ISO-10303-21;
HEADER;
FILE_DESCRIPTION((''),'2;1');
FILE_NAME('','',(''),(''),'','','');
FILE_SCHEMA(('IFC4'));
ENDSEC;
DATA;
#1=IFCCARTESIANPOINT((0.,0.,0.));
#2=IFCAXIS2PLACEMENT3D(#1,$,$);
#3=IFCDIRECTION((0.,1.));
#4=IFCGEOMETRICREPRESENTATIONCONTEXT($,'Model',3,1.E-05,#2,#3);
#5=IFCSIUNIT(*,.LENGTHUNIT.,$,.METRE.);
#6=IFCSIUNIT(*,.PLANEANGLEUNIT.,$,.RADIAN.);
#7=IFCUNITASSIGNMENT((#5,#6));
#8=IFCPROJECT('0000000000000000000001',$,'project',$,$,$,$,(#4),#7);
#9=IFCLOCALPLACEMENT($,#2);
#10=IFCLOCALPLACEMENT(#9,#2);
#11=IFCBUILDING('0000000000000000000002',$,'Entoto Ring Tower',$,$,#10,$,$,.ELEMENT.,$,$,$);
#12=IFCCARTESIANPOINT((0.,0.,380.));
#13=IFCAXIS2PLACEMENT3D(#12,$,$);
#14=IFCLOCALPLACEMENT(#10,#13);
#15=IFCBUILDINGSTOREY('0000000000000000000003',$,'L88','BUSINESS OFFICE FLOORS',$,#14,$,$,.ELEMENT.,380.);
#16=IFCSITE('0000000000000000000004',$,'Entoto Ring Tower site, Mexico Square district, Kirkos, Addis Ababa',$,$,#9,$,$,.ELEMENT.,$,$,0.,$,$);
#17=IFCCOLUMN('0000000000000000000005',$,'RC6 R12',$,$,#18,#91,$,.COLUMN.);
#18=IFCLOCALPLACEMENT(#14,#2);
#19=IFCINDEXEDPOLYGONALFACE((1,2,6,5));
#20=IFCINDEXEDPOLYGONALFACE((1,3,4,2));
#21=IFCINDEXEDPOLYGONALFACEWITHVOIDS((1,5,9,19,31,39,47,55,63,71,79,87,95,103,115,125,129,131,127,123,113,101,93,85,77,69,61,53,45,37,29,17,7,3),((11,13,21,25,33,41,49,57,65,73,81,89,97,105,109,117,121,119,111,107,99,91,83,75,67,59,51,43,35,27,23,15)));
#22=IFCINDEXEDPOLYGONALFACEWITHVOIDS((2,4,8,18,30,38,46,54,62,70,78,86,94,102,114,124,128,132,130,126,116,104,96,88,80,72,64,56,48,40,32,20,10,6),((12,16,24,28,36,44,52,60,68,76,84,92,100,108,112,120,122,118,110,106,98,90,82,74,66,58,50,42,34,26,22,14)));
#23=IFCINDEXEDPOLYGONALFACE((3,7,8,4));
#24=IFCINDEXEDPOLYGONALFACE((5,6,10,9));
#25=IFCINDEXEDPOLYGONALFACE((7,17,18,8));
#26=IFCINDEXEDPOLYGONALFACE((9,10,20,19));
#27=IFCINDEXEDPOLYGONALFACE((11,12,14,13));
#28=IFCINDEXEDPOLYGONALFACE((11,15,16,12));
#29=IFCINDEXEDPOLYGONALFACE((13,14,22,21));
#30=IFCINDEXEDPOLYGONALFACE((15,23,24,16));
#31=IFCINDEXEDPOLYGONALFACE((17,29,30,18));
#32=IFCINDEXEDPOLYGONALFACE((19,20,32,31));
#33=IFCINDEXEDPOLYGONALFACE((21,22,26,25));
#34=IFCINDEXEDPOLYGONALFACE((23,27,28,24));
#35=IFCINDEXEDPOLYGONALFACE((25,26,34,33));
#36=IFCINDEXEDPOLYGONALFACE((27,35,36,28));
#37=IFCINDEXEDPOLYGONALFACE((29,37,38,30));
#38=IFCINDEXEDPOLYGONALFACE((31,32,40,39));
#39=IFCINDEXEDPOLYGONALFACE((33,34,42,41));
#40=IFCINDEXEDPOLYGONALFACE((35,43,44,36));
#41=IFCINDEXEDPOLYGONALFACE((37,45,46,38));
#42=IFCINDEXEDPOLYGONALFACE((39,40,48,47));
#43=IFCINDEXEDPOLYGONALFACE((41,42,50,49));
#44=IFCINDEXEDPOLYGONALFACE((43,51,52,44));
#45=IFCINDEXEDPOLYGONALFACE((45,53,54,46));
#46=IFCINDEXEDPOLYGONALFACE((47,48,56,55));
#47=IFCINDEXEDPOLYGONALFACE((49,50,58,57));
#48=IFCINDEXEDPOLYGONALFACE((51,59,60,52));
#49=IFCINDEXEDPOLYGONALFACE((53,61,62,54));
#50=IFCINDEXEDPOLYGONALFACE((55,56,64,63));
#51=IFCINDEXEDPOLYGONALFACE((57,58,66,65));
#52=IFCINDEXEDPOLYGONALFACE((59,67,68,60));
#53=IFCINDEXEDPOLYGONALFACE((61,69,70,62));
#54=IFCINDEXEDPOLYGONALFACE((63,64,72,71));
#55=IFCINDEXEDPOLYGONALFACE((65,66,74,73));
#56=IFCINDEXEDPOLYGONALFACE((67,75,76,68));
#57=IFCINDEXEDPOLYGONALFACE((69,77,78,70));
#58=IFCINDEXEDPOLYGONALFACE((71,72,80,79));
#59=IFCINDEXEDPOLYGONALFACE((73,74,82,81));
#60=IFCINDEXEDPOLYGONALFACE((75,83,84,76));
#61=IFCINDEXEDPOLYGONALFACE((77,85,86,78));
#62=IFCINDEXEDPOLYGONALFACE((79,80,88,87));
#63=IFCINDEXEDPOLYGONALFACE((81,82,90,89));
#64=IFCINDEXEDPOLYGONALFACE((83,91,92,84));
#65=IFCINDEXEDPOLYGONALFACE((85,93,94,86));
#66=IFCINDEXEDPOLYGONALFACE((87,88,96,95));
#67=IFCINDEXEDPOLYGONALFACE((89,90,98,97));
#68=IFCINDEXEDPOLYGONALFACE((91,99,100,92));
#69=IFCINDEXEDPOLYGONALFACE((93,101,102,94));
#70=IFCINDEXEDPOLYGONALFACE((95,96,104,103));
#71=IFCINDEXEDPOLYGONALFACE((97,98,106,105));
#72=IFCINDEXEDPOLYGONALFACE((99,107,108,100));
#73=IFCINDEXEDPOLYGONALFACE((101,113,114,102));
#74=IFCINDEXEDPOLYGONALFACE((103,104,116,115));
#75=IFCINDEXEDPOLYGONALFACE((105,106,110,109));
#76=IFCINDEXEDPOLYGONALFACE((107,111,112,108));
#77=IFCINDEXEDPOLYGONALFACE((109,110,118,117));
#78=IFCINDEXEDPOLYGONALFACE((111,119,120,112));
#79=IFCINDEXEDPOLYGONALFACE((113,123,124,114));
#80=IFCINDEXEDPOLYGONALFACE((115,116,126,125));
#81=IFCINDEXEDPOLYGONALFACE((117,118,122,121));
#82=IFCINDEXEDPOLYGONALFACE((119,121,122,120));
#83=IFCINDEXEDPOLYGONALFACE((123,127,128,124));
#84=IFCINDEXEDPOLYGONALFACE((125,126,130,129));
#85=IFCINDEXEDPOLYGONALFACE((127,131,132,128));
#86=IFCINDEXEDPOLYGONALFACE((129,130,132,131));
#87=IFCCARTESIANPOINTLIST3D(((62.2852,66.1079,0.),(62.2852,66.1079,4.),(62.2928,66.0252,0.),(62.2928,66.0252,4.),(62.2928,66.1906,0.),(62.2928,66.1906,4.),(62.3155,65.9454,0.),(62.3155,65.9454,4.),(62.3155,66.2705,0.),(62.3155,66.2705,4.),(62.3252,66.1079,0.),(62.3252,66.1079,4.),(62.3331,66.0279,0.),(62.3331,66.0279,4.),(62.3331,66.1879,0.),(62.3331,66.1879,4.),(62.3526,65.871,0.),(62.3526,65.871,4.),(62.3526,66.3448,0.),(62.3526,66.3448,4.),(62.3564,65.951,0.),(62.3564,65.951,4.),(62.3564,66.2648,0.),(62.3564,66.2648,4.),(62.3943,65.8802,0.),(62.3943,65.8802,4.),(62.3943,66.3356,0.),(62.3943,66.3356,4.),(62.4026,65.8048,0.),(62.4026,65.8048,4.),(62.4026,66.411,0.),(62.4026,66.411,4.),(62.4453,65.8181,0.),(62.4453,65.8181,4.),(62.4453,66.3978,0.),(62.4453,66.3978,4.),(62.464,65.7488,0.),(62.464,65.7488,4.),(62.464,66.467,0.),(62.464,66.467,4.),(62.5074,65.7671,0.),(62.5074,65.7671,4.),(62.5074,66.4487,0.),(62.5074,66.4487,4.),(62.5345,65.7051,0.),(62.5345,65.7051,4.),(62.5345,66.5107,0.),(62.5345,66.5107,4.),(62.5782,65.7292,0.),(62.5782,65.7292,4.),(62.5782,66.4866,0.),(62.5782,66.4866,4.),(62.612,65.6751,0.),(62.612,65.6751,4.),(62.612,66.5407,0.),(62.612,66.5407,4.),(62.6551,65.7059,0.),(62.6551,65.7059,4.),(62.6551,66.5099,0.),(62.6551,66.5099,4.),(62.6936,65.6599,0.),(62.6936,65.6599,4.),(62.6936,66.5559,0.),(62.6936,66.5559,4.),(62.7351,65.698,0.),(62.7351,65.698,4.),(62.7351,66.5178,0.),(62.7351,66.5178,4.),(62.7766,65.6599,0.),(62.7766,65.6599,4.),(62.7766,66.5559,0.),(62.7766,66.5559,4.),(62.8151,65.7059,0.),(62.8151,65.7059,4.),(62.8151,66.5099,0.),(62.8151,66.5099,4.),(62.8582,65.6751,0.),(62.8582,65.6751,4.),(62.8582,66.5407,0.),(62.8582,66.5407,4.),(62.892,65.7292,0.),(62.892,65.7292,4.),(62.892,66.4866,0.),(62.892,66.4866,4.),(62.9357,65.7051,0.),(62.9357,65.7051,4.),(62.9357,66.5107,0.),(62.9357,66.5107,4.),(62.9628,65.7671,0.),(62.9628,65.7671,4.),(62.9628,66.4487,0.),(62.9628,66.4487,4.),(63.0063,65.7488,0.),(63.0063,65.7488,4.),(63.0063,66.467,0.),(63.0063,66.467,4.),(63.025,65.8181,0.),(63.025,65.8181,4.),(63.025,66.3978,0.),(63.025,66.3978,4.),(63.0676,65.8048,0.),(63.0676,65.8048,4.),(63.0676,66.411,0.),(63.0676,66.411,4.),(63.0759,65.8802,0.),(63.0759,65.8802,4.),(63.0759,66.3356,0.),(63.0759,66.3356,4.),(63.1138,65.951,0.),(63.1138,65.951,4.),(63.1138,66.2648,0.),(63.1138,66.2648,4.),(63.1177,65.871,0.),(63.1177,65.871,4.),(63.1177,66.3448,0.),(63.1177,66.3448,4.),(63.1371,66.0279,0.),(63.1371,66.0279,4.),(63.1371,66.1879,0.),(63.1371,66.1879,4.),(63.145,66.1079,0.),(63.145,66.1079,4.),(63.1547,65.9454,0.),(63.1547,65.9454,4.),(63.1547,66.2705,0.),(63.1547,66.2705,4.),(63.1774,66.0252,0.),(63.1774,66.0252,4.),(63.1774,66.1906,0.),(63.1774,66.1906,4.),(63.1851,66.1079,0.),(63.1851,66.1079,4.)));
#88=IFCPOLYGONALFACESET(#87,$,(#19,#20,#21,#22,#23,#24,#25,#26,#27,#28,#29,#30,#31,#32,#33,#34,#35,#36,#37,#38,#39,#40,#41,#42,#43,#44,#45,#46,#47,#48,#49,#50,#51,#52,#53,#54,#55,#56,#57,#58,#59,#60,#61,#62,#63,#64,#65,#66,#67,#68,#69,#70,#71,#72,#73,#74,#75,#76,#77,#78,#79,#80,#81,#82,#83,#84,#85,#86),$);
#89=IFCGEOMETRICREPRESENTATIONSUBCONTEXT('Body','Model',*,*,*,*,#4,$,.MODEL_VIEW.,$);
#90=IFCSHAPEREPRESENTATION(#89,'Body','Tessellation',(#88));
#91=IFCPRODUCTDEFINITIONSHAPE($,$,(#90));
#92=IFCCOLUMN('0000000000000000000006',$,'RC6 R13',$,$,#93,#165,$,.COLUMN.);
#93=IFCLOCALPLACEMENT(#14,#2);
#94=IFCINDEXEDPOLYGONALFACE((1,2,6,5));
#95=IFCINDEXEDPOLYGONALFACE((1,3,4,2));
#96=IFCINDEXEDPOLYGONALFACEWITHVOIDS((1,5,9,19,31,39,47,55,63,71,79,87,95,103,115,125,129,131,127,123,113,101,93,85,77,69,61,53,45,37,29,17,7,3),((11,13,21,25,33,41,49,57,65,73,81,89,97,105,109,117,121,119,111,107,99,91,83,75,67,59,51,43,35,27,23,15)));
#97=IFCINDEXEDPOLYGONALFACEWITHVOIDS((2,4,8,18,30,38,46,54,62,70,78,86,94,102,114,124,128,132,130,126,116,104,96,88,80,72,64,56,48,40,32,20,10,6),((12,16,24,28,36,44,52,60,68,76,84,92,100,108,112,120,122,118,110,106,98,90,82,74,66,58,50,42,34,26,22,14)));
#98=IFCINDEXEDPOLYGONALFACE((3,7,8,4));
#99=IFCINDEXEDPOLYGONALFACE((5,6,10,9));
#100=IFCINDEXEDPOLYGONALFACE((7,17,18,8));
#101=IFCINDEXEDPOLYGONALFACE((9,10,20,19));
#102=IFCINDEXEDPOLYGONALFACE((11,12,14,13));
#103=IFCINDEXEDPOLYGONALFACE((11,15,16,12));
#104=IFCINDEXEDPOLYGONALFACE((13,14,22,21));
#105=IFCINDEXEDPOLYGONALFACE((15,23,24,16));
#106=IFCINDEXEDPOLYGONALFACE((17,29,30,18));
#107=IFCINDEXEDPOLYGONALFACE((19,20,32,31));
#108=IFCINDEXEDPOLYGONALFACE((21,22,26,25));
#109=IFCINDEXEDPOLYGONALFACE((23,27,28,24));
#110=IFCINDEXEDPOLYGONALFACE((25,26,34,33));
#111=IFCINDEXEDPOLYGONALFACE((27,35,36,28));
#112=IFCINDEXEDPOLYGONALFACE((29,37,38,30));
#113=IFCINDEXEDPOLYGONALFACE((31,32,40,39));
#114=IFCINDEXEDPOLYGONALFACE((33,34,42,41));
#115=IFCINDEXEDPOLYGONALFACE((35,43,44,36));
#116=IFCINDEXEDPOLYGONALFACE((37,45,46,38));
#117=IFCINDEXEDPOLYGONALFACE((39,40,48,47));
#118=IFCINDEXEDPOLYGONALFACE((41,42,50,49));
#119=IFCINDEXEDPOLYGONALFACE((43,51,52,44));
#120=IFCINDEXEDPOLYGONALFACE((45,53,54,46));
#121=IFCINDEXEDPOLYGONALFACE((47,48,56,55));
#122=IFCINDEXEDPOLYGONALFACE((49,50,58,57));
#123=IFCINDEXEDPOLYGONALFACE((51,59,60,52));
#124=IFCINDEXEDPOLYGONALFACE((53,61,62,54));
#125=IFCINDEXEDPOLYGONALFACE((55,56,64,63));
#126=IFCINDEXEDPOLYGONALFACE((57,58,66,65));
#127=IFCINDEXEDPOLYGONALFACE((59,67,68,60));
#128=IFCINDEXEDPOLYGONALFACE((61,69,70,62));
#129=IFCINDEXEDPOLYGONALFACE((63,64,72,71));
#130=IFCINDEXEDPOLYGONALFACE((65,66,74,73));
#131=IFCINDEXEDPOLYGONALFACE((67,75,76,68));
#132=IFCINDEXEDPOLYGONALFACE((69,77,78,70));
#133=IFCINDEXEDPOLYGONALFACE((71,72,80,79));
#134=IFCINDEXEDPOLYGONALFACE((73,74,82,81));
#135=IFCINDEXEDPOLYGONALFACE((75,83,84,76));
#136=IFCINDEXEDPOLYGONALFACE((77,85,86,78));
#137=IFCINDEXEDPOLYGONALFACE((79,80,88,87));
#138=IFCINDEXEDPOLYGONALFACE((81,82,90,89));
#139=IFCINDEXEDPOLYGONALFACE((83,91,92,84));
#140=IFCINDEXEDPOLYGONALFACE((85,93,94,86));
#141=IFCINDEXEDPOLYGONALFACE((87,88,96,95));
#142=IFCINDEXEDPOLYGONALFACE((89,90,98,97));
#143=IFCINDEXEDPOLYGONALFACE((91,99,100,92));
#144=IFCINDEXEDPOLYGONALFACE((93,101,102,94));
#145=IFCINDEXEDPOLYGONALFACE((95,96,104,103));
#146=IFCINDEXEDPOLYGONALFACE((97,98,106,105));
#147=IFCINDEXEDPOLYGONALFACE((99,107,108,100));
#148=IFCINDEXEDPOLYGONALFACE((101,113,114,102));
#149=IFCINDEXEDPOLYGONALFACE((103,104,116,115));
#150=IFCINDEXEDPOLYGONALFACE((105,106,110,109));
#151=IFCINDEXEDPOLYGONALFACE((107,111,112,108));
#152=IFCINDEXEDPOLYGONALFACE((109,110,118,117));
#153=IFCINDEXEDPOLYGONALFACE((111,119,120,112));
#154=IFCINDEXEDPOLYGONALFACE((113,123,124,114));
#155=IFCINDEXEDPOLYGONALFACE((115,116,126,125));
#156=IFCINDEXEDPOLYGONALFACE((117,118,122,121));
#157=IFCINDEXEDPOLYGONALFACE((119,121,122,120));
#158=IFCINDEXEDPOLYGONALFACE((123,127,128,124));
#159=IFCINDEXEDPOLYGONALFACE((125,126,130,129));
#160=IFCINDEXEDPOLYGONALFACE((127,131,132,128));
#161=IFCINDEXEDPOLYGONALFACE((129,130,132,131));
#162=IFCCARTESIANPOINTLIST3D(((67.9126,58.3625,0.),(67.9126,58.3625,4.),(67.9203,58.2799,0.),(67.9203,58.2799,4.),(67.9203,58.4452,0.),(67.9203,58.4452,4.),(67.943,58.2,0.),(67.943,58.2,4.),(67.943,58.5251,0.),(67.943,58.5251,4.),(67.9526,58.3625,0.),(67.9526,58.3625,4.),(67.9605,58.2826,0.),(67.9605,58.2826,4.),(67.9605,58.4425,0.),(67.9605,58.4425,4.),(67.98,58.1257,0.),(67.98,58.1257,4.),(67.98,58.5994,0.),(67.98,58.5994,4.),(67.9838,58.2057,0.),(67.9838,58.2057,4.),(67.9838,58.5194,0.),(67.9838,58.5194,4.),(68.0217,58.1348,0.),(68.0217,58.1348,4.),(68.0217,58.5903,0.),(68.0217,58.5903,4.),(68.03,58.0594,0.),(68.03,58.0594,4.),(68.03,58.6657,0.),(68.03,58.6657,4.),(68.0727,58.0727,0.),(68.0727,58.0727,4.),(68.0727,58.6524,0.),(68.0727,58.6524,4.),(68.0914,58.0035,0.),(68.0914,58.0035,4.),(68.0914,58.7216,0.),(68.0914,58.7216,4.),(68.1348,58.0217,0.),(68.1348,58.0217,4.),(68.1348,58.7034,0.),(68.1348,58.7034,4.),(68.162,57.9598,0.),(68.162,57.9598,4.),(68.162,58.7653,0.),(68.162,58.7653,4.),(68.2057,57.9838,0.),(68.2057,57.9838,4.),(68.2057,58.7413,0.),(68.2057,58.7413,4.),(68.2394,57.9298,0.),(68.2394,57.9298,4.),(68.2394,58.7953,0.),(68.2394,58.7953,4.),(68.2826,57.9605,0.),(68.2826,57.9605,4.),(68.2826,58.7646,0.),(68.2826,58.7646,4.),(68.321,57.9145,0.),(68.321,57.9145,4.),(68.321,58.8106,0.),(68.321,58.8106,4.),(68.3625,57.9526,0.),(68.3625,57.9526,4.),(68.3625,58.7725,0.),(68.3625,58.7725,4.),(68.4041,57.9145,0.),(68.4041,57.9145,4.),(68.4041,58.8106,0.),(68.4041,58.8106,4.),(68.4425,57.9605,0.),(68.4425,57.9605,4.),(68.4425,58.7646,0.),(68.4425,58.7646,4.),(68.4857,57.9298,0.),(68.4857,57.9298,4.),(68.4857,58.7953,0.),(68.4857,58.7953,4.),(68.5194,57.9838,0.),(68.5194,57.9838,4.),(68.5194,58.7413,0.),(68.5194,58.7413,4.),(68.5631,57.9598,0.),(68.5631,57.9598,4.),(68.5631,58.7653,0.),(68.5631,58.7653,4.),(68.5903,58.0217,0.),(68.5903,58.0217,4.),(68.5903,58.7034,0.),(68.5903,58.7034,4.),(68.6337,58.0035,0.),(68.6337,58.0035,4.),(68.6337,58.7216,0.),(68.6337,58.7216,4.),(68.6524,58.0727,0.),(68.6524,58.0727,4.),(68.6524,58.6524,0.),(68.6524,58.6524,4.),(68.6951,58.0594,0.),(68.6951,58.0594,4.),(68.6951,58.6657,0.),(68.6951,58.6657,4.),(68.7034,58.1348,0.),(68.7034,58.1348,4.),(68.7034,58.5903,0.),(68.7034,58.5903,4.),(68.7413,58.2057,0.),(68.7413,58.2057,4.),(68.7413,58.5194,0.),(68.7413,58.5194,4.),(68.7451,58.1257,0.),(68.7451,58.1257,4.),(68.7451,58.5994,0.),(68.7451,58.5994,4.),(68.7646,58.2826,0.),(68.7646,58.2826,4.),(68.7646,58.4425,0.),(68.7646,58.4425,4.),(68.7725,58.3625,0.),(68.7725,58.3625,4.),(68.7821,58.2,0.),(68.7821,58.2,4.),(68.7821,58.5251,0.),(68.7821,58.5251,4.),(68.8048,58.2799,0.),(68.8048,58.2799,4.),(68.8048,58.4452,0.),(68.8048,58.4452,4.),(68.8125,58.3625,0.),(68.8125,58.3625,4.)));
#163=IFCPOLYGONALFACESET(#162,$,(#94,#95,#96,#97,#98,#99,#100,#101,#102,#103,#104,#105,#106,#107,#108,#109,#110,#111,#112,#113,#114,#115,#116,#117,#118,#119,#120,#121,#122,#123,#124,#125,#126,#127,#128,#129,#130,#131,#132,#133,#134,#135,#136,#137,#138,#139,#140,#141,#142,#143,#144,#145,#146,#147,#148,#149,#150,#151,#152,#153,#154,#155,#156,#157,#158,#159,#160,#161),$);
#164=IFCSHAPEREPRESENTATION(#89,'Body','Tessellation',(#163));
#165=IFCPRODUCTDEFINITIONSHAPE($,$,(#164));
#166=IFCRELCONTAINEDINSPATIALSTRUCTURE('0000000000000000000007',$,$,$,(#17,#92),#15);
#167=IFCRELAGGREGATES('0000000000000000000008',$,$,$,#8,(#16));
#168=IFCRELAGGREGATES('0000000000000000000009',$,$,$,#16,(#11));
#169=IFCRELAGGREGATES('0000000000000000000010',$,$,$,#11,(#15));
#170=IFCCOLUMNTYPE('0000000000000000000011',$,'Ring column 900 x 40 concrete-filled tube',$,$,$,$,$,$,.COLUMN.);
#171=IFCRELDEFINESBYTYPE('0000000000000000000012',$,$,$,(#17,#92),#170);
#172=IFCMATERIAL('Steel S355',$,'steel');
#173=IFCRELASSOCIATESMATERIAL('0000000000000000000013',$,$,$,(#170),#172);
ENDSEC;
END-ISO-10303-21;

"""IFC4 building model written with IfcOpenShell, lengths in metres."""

from ifc_helpers import new_model, si_unit, direction, frame, origin, origin_2d, place, context, subcontext, project, spatial, circle, hollow_circle, extrude, material, material_profile, profile_set, type_object, element, save


model = new_model("IFC4")

# Units and contexts
model_context = context("Model", 3, precision=1e-05, world=origin(), true_north=direction((0.0, 1.0)))
body_context = subcontext(model_context, "Body", "Model", "MODEL_VIEW")
ifc_project = project(units=[si_unit("LENGTHUNIT", "METRE"), si_unit("PLANEANGLEUNIT", "RADIAN")], contexts=[model_context])

# Site, building, storey
site_placement = place(None, origin())
site = spatial("IfcSite", under=ifc_project, at=site_placement, Name="Entoto Ring Tower site, Mexico Square district, Kirkos, Addis Ababa", CompositionType="ELEMENT", RefElevation=0.0)
building_placement = place(site_placement, origin())
building = spatial("IfcBuilding", under=site, at=building_placement, Name="Entoto Ring Tower", CompositionType="ELEMENT")
storey_placement = place(building_placement, frame((0.0, 0.0, 380.0)))
storey = spatial("IfcBuildingStorey", under=building, at=storey_placement, Name="L88", Description="BUSINESS OFFICE FLOORS", CompositionType="ELEMENT", Elevation=380.0)

# Columns
ifc_material_1 = material(Name="Steel S355", Category="steel")
ifc_material_profile_1 = material_profile(ifc_material_1, hollow_circle(Radius=0.45, WallThickness=0.04, at=origin_2d()), Name="CHS 900 x 40")
ifc_material_2 = material(Name="Concrete C60/75", Category="concrete")
ifc_material_profile_2 = material_profile(ifc_material_2, circle(Radius=0.4099, at=origin_2d()), Name="Concrete C60/75 infill")
ifc_profile_set_1 = profile_set([ifc_material_profile_1, ifc_material_profile_2], Name="Steel S355")
column_type = type_object("IfcColumnType", Name="Ring column 900 x 40 concrete-filled tube", PredefinedType="COLUMN", material=ifc_profile_set_1)
for number, where, z_axis, x_axis, name in (
    (1, (62.7351, 66.1079, 0.0), (0.0, 0.0, 1.0), (1.0, 0.0, 0.0), "RC6 R12"),
    (2, (68.3625, 58.3625, 0.0), (0.0, 0.0, 1.0), (1.0, 0.0, 0.0), "RC6 R13"),
):
    element("IfcColumn", number, at=place(storey_placement, frame(where, z_axis=z_axis, x_axis=x_axis)), inside=storey, type_object=column_type, Name=name, PredefinedType="COLUMN", context=body_context, shape_type="SweptSolid", body=[
        extrude(hollow_circle(Radius=0.45, WallThickness=0.04, at=origin_2d()), origin(), (0.0, 0.0, 1.0), 4.0),
    ])

save(model, "model.ifc")
